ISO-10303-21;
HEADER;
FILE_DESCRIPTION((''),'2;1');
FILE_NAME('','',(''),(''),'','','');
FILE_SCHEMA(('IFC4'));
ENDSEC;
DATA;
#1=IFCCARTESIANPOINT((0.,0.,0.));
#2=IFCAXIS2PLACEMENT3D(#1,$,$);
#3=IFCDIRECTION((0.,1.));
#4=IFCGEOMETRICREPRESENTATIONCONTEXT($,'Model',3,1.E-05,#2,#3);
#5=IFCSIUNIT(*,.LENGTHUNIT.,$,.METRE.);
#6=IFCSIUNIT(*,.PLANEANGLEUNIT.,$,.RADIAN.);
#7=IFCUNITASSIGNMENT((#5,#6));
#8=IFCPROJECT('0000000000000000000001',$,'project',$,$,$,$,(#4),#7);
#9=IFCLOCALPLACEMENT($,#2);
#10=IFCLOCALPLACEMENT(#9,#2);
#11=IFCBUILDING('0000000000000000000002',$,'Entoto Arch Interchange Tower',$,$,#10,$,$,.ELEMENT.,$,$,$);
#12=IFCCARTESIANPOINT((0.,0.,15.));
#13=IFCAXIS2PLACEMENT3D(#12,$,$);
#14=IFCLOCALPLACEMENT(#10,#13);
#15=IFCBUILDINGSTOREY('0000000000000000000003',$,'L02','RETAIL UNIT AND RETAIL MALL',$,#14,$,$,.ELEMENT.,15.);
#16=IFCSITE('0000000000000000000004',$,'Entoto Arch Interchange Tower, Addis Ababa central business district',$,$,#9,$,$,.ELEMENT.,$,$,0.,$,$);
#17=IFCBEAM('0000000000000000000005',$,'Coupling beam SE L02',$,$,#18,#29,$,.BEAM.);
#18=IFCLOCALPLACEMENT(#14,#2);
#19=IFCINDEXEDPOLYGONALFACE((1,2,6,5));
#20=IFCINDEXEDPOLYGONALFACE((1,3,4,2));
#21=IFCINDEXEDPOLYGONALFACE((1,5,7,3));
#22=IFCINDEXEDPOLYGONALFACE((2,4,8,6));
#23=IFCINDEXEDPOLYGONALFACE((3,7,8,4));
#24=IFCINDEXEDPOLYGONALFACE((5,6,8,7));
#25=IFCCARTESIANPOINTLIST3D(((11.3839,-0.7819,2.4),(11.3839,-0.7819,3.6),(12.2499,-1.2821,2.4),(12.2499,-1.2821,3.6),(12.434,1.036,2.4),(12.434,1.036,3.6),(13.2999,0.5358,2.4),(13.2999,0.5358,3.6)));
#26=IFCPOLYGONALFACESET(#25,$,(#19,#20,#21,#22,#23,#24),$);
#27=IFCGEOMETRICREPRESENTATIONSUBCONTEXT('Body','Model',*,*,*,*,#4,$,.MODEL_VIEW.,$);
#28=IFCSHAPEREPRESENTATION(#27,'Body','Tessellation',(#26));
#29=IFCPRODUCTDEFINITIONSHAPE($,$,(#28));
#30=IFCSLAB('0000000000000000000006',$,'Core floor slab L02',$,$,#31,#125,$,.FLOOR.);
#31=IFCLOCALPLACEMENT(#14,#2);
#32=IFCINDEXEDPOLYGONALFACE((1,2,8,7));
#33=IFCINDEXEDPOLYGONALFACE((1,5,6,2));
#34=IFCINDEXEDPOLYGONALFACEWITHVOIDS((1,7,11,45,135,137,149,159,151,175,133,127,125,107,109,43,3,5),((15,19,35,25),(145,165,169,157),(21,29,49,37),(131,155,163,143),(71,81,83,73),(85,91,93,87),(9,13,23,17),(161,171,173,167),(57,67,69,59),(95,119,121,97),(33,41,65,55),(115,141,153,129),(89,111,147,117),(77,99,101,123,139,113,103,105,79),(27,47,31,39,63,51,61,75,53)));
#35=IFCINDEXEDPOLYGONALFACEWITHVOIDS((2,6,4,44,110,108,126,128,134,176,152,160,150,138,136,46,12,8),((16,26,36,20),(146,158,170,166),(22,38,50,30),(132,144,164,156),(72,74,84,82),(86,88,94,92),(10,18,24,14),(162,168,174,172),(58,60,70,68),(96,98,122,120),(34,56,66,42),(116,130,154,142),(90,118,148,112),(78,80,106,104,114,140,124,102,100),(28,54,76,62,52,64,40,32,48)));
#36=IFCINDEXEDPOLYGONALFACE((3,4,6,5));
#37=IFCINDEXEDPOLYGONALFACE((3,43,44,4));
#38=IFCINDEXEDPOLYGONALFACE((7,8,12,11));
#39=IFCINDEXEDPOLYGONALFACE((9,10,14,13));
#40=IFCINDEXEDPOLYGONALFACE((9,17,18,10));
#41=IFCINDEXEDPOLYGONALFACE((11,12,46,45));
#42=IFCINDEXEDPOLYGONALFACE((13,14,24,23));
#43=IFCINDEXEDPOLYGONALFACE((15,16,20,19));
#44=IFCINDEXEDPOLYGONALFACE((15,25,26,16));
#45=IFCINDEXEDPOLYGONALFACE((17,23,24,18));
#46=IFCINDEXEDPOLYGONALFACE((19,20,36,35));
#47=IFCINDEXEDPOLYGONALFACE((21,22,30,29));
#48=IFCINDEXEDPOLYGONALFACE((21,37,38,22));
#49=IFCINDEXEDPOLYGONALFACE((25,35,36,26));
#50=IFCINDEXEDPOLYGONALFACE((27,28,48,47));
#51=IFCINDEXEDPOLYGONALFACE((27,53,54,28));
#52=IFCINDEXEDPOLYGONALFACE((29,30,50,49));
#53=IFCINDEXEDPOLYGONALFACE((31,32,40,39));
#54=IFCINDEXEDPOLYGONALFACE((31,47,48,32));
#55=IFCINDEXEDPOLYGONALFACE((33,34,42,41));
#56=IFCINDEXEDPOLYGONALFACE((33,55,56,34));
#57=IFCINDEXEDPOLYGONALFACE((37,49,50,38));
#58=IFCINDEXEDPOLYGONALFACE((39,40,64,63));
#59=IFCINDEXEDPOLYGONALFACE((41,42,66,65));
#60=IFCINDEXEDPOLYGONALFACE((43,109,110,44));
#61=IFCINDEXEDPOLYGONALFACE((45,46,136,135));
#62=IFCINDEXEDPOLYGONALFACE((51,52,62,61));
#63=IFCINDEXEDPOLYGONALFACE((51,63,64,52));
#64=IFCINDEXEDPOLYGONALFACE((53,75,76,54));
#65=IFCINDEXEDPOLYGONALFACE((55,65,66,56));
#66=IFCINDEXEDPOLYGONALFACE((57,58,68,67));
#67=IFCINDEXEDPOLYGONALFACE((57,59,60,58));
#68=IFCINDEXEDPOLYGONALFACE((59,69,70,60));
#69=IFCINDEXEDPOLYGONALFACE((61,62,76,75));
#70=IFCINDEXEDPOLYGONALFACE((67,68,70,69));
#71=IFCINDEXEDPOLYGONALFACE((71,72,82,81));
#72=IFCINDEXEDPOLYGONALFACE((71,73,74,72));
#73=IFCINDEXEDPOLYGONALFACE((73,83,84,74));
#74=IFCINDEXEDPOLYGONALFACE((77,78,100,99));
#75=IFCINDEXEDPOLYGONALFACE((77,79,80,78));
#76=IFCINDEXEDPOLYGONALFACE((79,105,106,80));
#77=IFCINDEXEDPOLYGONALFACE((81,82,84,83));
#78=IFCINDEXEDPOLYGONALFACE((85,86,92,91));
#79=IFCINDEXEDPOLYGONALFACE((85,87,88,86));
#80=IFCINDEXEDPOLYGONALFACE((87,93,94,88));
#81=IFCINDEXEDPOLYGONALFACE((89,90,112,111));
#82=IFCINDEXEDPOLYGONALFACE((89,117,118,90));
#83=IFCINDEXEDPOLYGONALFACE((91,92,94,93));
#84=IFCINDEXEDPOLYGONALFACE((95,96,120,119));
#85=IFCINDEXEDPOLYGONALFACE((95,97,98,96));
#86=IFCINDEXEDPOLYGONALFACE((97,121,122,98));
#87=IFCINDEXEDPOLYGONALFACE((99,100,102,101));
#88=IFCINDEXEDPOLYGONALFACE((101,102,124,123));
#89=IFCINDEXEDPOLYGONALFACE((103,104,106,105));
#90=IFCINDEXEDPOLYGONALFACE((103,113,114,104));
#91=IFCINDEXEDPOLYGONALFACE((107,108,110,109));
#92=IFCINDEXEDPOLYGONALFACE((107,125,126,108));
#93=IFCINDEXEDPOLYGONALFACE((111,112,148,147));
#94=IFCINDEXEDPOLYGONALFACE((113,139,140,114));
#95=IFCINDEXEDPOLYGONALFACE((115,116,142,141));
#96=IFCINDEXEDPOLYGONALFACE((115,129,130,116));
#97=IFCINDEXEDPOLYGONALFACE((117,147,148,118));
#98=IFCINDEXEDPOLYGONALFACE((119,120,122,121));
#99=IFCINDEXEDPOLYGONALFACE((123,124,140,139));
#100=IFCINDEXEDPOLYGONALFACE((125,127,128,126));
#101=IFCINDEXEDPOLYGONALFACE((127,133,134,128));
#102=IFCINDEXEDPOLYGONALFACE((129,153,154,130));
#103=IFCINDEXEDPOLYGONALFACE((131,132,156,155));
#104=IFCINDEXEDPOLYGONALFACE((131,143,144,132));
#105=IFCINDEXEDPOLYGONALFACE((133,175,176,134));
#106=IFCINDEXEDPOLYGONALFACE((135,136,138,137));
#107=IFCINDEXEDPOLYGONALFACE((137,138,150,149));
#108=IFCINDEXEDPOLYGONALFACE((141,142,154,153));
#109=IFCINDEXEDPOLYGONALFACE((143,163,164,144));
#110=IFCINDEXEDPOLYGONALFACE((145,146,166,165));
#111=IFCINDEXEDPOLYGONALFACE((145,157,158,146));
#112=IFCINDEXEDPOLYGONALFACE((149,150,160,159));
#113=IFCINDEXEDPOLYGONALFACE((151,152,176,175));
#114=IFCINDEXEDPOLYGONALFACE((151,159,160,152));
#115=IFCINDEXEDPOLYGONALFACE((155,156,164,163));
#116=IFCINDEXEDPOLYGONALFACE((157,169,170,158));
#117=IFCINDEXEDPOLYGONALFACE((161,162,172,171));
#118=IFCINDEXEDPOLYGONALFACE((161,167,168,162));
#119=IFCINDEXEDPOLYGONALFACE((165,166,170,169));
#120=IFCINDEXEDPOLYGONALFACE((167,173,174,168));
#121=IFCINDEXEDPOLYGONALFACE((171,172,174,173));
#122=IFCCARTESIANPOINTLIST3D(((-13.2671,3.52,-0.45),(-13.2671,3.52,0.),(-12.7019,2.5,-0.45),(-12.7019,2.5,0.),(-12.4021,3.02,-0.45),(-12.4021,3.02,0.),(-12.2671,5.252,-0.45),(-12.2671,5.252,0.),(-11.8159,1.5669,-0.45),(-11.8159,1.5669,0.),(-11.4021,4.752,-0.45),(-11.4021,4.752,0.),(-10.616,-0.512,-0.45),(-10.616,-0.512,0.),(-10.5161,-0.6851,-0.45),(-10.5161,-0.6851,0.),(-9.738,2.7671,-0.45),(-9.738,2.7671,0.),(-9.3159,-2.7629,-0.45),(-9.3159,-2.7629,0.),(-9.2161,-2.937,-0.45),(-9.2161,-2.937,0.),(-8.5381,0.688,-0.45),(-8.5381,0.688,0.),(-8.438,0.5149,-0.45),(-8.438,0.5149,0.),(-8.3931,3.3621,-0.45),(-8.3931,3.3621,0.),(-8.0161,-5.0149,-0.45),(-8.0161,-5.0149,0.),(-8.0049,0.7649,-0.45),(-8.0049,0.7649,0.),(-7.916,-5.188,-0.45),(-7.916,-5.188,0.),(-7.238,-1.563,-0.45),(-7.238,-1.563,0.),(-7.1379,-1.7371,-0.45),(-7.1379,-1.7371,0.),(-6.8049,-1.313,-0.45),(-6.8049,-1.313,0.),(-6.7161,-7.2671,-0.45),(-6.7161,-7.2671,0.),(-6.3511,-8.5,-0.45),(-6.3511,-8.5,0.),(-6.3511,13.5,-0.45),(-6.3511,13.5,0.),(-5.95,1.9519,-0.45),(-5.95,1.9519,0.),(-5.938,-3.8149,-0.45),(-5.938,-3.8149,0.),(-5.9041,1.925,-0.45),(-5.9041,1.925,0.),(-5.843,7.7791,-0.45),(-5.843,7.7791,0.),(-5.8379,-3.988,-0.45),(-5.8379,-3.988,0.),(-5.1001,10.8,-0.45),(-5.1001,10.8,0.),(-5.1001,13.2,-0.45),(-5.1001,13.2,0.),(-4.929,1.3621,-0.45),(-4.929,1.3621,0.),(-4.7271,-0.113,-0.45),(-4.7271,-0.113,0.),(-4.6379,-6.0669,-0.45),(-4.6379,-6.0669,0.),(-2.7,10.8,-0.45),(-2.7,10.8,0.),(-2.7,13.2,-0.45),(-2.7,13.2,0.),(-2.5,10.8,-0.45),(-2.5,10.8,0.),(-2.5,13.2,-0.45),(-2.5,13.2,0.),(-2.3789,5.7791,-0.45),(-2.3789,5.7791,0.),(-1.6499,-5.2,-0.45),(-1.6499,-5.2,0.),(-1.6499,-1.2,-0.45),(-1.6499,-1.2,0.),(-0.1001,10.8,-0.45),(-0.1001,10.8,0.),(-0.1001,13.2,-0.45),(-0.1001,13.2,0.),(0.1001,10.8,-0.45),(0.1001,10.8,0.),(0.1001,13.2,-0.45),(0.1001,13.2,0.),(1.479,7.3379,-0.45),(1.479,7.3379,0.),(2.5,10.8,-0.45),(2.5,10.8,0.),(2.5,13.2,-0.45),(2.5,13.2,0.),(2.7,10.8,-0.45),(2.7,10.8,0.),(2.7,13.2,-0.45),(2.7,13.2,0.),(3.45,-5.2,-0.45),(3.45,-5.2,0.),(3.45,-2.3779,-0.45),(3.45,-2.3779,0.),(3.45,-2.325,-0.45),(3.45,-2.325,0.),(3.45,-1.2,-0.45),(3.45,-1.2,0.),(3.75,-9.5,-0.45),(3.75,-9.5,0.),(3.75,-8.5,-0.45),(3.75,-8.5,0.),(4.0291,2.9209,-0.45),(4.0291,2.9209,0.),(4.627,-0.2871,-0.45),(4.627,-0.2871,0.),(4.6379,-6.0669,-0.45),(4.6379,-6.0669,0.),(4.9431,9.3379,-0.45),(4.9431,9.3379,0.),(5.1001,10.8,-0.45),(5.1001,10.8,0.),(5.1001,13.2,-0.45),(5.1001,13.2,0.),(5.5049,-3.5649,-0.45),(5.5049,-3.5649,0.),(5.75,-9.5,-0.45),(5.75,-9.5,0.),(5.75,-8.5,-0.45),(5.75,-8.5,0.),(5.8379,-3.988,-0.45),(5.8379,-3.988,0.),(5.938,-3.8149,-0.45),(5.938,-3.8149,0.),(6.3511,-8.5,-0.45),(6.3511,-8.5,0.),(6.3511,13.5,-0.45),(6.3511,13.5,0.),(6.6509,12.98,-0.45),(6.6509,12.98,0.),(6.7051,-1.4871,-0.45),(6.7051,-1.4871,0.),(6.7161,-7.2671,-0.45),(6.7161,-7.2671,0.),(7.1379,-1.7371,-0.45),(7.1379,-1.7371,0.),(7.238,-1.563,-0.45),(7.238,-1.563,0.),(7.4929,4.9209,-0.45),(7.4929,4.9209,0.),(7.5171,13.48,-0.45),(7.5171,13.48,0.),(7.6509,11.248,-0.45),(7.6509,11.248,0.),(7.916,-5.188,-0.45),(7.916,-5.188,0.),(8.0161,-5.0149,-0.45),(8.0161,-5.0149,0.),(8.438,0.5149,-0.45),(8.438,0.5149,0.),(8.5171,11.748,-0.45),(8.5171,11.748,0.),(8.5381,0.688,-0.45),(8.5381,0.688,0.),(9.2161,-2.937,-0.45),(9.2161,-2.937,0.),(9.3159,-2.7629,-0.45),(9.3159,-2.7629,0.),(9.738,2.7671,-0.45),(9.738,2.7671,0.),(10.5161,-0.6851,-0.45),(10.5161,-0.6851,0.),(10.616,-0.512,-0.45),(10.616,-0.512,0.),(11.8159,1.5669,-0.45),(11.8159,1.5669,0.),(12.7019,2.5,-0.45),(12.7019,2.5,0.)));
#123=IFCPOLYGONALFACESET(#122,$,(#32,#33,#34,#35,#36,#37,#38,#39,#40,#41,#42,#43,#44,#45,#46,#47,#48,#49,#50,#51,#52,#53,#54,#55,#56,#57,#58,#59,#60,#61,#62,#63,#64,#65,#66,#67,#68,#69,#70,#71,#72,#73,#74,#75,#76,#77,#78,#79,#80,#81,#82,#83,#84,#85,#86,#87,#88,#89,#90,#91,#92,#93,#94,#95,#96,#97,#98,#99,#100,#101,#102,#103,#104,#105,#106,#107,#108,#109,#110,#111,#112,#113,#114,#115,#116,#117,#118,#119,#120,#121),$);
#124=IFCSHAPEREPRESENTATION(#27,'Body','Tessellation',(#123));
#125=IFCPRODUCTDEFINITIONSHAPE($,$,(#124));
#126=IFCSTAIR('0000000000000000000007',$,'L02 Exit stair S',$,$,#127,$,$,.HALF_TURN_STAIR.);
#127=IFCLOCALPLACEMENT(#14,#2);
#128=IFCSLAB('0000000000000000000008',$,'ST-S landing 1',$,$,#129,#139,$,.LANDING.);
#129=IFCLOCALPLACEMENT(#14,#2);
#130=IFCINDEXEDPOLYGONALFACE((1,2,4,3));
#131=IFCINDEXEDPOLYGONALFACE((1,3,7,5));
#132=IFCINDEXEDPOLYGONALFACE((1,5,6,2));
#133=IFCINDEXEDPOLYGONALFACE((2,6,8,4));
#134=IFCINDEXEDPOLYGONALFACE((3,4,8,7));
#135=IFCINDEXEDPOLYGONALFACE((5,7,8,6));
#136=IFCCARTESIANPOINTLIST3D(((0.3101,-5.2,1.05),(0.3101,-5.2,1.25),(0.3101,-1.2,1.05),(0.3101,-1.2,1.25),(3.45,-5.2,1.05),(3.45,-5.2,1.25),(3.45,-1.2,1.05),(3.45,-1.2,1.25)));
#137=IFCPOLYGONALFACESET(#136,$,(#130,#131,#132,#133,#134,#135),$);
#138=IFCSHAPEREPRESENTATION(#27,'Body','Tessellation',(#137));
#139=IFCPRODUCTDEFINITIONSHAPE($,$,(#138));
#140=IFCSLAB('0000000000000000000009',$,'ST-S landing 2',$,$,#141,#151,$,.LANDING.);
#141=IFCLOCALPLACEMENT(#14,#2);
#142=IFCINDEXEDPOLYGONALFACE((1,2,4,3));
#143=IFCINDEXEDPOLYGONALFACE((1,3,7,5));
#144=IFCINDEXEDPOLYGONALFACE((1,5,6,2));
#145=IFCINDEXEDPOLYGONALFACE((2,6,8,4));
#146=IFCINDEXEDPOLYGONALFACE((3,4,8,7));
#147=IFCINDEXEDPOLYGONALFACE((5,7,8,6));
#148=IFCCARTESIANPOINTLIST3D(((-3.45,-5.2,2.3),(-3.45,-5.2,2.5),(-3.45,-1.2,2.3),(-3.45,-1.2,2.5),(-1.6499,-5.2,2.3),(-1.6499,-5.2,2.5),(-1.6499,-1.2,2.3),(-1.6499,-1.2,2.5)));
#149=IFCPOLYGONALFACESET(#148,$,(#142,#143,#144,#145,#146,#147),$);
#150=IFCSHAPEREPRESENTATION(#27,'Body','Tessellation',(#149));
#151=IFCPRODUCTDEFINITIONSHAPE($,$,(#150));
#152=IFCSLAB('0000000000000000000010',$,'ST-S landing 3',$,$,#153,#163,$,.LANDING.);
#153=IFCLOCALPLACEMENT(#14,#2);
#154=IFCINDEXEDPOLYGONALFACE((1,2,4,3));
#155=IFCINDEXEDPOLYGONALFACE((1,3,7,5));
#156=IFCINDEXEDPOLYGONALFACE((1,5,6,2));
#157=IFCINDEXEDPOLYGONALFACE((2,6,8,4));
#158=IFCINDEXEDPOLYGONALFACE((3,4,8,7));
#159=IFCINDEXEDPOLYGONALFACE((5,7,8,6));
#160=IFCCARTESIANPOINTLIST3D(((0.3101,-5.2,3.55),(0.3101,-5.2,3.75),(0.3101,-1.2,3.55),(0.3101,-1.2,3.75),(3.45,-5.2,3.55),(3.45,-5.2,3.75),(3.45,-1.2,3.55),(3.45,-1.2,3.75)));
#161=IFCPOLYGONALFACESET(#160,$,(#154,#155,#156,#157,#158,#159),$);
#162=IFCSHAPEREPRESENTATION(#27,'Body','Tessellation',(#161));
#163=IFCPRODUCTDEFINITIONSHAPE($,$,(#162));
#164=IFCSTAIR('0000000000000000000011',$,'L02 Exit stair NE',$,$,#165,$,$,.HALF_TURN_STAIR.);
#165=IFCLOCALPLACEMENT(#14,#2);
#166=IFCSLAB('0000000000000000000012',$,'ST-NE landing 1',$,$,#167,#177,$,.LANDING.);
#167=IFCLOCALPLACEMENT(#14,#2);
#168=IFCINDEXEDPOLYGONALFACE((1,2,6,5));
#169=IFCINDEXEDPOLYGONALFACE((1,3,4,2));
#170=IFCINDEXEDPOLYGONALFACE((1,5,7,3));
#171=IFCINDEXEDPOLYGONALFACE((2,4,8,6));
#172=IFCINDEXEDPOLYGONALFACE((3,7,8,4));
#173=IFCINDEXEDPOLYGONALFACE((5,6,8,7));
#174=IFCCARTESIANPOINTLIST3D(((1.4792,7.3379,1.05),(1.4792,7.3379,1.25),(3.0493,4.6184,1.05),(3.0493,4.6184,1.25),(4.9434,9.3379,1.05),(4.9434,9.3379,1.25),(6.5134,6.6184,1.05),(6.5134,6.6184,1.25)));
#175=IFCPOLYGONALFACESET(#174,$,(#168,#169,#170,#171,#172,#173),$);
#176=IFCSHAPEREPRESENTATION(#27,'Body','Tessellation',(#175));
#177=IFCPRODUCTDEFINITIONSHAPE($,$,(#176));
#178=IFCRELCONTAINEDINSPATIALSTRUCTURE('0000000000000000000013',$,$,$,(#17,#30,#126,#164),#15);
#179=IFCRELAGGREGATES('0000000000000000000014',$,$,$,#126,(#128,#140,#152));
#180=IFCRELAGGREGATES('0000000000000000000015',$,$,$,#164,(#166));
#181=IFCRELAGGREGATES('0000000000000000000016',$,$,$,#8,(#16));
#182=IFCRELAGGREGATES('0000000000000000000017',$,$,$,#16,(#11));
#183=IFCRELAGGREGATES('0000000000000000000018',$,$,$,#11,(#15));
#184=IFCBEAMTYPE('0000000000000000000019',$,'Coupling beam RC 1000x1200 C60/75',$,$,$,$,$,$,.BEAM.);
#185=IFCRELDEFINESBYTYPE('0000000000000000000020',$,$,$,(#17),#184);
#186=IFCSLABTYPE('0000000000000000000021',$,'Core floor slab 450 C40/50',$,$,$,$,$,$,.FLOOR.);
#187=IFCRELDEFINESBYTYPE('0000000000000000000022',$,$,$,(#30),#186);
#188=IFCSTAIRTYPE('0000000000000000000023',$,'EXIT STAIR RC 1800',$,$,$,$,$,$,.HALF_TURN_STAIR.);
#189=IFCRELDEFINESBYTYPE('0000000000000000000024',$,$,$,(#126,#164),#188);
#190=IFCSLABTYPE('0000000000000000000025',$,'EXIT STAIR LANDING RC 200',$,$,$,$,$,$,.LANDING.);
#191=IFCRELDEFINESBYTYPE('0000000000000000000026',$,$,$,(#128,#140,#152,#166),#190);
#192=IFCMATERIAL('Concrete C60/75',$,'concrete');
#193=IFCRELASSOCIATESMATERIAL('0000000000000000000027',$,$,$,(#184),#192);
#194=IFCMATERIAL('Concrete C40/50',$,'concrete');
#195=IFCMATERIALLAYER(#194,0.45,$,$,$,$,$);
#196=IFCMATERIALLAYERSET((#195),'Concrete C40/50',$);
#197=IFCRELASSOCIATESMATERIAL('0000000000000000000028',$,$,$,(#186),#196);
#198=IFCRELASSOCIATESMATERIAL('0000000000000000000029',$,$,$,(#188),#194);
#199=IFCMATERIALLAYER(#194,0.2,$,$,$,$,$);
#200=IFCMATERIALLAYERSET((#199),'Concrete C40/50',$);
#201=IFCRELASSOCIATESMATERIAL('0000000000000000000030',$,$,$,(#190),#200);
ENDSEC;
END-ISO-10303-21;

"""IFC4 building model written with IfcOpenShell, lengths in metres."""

from ifc_helpers import new_model, si_unit, direction, frame, origin, origin_2d, place, context, subcontext, project, spatial, polyline, rectangle, outline, extrude, material, layer, layer_set, material_profile, profile_set, type_object, element, aggregate, save


model = new_model("IFC4")

# Units and contexts
model_context = context("Model", 3, precision=1e-05, world=origin(), true_north=direction((0.0, 1.0)))
body_context = subcontext(model_context, "Body", "Model", "MODEL_VIEW")
ifc_project = project(units=[si_unit("LENGTHUNIT", "METRE"), si_unit("PLANEANGLEUNIT", "RADIAN")], contexts=[model_context])

# Site, building, storey
site_placement = place(None, origin())
site = spatial("IfcSite", under=ifc_project, at=site_placement, Name="Entoto Arch Interchange Tower, Addis Ababa central business district", CompositionType="ELEMENT", RefElevation=0.0)
building_placement = place(site_placement, origin())
building = spatial("IfcBuilding", under=site, at=building_placement, Name="Entoto Arch Interchange Tower", CompositionType="ELEMENT")
storey_placement = place(building_placement, frame((0.0, 0.0, 15.0)))
storey = spatial("IfcBuildingStorey", under=building, at=storey_placement, Name="L02", Description="RETAIL UNIT AND RETAIL MALL", CompositionType="ELEMENT", Elevation=15.0)

# Beam
ifc_material_1 = material(Name="Concrete C60/75", Category="concrete")
ifc_material_profile = material_profile(ifc_material_1, rectangle(XDim=1.0, YDim=1.2, at=origin_2d()))
ifc_profile_set = profile_set([ifc_material_profile], Name="Concrete C60/75")
beam_type = type_object("IfcBeamType", Name="Coupling beam RC 1000x1200 C60/75", PredefinedType="BEAM", material=ifc_profile_set)
beam_placement = place(storey_placement, frame((11.8169, -1.032, 3.0), z_axis=(0.500179, 0.865922, 0.0), x_axis=(-0.865922, 0.500179, 0.0)))
element("IfcBeam", 1, at=beam_placement, inside=storey, type_object=beam_type, Name="Coupling beam SE L02", PredefinedType="BEAM", context=body_context, shape_type="SweptSolid", body=[
    extrude(rectangle(XDim=1.0, YDim=1.2, at=origin_2d()), origin(), (0.0, 0.0, 1.0), 2.0994),
])

# Slab
ifc_material_2 = material(Name="Concrete C40/50", Category="concrete")
ifc_layer_1 = layer(ifc_material_2, 0.45)
ifc_layer_set_1 = layer_set([ifc_layer_1], Name="Concrete C40/50")
slab_type_1 = type_object("IfcSlabType", Name="Core floor slab 450 C40/50", PredefinedType="FLOOR", material=ifc_layer_set_1)
slab_1_placement = place(storey_placement, frame((0.0, 0.0, -0.45)))
element("IfcSlab", 2, at=slab_1_placement, inside=storey, type_object=slab_type_1, Name="Core floor slab L02", PredefinedType="FLOOR", context=body_context, shape_type="SweptSolid", body=[
    extrude(outline(polyline([(5.75, -9.5), (3.75, -9.5), (3.75, -8.5), (-6.3511, -8.5), (-12.7019, 2.5), (-12.4021, 3.02), (-13.2671, 3.52), (-12.2671, 5.252), (-11.4021, 4.752), (-6.3511, 13.5), (6.3511, 13.5), (6.6509, 12.98), (7.5171, 13.48), (8.5171, 11.748), (7.6509, 11.248), (12.7019, 2.5), (6.3511, -8.5), (5.75, -8.5), (5.75, -9.5)]), holes=[polyline([(-4.6379, -6.0669), (-5.8379, -3.988), (-7.916, -5.188), (-6.7161, -7.2671), (-4.6379, -6.0669)]), polyline([(-5.938, -3.8149), (-7.1379, -1.7371), (-9.2161, -2.937), (-8.0161, -5.0149), (-5.938, -3.8149)]), polyline([(5.5049, -3.5649), (6.7051, -1.4871), (4.627, -0.2871), (3.45, -2.325), (3.45, -1.2), (-1.6499, -1.2), (-1.6499, -5.2), (3.45, -5.2), (3.45, -2.3779), (5.5049, -3.5649)]), polyline([(-7.238, -1.563), (-8.438, 0.5149), (-10.5161, -0.6851), (-9.3159, -2.7629), (-7.238, -1.563)]), polyline([(-4.7271, -0.113), (-5.9041, 1.925), (-4.929, 1.3621), (-2.3789, 5.7791), (-5.843, 7.7791), (-8.3931, 3.3621), (-5.95, 1.9519), (-8.0049, 0.7649), (-6.8049, -1.313), (-4.7271, -0.113)]), polyline([(-8.5381, 0.688), (-9.738, 2.7671), (-11.8159, 1.5669), (-10.616, -0.512), (-8.5381, 0.688)]), polyline([(-5.1001, 10.8), (-2.7, 10.8), (-2.7, 13.2), (-5.1001, 13.2), (-5.1001, 10.8)]), polyline([(-2.5, 10.8), (-0.1001, 10.8), (-0.1001, 13.2), (-2.5, 13.2), (-2.5, 10.8)]), polyline([(5.8379, -3.988), (4.6379, -6.0669), (6.7161, -7.2671), (7.916, -5.188), (5.8379, -3.988)]), polyline([(7.1379, -1.7371), (5.938, -3.8149), (8.0161, -5.0149), (9.2161, -2.937), (7.1379, -1.7371)]), polyline([(8.438, 0.5149), (7.238, -1.563), (9.3159, -2.7629), (10.5161, -0.6851), (8.438, 0.5149)]), polyline([(9.738, 2.7671), (8.5381, 0.688), (10.616, -0.512), (11.8159, 1.5669), (9.738, 2.7671)]), polyline([(4.0291, 2.9209), (7.4929, 4.9209), (4.9431, 9.3379), (1.479, 7.3379), (4.0291, 2.9209)]), polyline([(0.1001, 13.2), (0.1001, 10.8), (2.5, 10.8), (2.5, 13.2), (0.1001, 13.2)]), polyline([(2.7, 13.2), (2.7, 10.8), (5.1001, 10.8), (5.1001, 13.2), (2.7, 13.2)])]), origin(), (0.0, 0.0, 1.0), 0.45),
])

# Stairs, slabs
stair_type_1 = type_object("IfcStairType", Name="EXIT STAIR RC 1800", PredefinedType="HALF_TURN_STAIR", material=ifc_material_2)
stair_1_placement = place(storey_placement, origin())
stair_1 = element("IfcStair", 3, at=stair_1_placement, inside=storey, type_object=stair_type_1, Name="L02 Exit stair S", PredefinedType="HALF_TURN_STAIR")
ifc_layer_2 = layer(ifc_material_2, 0.2)
ifc_layer_set_2 = layer_set([ifc_layer_2], Name="Concrete C40/50")
slab_type_2 = type_object("IfcSlabType", Name="EXIT STAIR LANDING RC 200", PredefinedType="LANDING", material=ifc_layer_set_2)
slab_2_placement = place(storey_placement, frame((0.0, 0.0, 1.05)))
slab_2 = element("IfcSlab", 4, at=slab_2_placement, type_object=slab_type_2, Name="ST-S landing 1", PredefinedType="LANDING", context=body_context, shape_type="SweptSolid", body=[
    extrude(outline(polyline([(0.3101, -5.2), (3.45, -5.2), (3.45, -1.2), (0.3101, -1.2), (0.3101, -5.2)])), origin(), (0.0, 0.0, 1.0), 0.2),
])
slab_3_placement = place(storey_placement, frame((0.0, 0.0, 2.3)))
slab_3 = element("IfcSlab", 5, at=slab_3_placement, type_object=slab_type_2, Name="ST-S landing 2", PredefinedType="LANDING", context=body_context, shape_type="SweptSolid", body=[
    extrude(outline(polyline([(-3.45, -5.2), (-1.6499, -5.2), (-1.6499, -1.2), (-3.45, -1.2), (-3.45, -5.2)])), origin(), (0.0, 0.0, 1.0), 0.2),
])
slab_4_placement = place(storey_placement, frame((0.0, 0.0, 3.55)))
slab_4 = element("IfcSlab", 6, at=slab_4_placement, type_object=slab_type_2, Name="ST-S landing 3", PredefinedType="LANDING", context=body_context, shape_type="SweptSolid", body=[
    extrude(outline(polyline([(0.3101, -5.2), (3.45, -5.2), (3.45, -1.2), (0.3101, -1.2), (0.3101, -5.2)])), origin(), (0.0, 0.0, 1.0), 0.2),
])
aggregate(stair_1, [slab_2, slab_3, slab_4])
stair_2_placement = place(storey_placement, origin())
stair_2 = element("IfcStair", 7, at=stair_2_placement, inside=storey, type_object=stair_type_1, Name="L02 Exit stair NE", PredefinedType="HALF_TURN_STAIR")
slab_5_placement = place(storey_placement, frame((0.0, 0.0, 1.05)))
slab_5 = element("IfcSlab", 8, at=slab_5_placement, type_object=slab_type_2, Name="ST-NE landing 1", PredefinedType="LANDING", context=body_context, shape_type="SweptSolid", body=[
    extrude(outline(polyline([(6.5134, 6.6184), (4.9434, 9.3379), (1.4792, 7.3379), (3.0493, 4.6184), (6.5134, 6.6184)])), origin(), (0.0, 0.0, 1.0), 0.2),
])
aggregate(stair_2, [slab_5])

save(model, "model.ifc")
